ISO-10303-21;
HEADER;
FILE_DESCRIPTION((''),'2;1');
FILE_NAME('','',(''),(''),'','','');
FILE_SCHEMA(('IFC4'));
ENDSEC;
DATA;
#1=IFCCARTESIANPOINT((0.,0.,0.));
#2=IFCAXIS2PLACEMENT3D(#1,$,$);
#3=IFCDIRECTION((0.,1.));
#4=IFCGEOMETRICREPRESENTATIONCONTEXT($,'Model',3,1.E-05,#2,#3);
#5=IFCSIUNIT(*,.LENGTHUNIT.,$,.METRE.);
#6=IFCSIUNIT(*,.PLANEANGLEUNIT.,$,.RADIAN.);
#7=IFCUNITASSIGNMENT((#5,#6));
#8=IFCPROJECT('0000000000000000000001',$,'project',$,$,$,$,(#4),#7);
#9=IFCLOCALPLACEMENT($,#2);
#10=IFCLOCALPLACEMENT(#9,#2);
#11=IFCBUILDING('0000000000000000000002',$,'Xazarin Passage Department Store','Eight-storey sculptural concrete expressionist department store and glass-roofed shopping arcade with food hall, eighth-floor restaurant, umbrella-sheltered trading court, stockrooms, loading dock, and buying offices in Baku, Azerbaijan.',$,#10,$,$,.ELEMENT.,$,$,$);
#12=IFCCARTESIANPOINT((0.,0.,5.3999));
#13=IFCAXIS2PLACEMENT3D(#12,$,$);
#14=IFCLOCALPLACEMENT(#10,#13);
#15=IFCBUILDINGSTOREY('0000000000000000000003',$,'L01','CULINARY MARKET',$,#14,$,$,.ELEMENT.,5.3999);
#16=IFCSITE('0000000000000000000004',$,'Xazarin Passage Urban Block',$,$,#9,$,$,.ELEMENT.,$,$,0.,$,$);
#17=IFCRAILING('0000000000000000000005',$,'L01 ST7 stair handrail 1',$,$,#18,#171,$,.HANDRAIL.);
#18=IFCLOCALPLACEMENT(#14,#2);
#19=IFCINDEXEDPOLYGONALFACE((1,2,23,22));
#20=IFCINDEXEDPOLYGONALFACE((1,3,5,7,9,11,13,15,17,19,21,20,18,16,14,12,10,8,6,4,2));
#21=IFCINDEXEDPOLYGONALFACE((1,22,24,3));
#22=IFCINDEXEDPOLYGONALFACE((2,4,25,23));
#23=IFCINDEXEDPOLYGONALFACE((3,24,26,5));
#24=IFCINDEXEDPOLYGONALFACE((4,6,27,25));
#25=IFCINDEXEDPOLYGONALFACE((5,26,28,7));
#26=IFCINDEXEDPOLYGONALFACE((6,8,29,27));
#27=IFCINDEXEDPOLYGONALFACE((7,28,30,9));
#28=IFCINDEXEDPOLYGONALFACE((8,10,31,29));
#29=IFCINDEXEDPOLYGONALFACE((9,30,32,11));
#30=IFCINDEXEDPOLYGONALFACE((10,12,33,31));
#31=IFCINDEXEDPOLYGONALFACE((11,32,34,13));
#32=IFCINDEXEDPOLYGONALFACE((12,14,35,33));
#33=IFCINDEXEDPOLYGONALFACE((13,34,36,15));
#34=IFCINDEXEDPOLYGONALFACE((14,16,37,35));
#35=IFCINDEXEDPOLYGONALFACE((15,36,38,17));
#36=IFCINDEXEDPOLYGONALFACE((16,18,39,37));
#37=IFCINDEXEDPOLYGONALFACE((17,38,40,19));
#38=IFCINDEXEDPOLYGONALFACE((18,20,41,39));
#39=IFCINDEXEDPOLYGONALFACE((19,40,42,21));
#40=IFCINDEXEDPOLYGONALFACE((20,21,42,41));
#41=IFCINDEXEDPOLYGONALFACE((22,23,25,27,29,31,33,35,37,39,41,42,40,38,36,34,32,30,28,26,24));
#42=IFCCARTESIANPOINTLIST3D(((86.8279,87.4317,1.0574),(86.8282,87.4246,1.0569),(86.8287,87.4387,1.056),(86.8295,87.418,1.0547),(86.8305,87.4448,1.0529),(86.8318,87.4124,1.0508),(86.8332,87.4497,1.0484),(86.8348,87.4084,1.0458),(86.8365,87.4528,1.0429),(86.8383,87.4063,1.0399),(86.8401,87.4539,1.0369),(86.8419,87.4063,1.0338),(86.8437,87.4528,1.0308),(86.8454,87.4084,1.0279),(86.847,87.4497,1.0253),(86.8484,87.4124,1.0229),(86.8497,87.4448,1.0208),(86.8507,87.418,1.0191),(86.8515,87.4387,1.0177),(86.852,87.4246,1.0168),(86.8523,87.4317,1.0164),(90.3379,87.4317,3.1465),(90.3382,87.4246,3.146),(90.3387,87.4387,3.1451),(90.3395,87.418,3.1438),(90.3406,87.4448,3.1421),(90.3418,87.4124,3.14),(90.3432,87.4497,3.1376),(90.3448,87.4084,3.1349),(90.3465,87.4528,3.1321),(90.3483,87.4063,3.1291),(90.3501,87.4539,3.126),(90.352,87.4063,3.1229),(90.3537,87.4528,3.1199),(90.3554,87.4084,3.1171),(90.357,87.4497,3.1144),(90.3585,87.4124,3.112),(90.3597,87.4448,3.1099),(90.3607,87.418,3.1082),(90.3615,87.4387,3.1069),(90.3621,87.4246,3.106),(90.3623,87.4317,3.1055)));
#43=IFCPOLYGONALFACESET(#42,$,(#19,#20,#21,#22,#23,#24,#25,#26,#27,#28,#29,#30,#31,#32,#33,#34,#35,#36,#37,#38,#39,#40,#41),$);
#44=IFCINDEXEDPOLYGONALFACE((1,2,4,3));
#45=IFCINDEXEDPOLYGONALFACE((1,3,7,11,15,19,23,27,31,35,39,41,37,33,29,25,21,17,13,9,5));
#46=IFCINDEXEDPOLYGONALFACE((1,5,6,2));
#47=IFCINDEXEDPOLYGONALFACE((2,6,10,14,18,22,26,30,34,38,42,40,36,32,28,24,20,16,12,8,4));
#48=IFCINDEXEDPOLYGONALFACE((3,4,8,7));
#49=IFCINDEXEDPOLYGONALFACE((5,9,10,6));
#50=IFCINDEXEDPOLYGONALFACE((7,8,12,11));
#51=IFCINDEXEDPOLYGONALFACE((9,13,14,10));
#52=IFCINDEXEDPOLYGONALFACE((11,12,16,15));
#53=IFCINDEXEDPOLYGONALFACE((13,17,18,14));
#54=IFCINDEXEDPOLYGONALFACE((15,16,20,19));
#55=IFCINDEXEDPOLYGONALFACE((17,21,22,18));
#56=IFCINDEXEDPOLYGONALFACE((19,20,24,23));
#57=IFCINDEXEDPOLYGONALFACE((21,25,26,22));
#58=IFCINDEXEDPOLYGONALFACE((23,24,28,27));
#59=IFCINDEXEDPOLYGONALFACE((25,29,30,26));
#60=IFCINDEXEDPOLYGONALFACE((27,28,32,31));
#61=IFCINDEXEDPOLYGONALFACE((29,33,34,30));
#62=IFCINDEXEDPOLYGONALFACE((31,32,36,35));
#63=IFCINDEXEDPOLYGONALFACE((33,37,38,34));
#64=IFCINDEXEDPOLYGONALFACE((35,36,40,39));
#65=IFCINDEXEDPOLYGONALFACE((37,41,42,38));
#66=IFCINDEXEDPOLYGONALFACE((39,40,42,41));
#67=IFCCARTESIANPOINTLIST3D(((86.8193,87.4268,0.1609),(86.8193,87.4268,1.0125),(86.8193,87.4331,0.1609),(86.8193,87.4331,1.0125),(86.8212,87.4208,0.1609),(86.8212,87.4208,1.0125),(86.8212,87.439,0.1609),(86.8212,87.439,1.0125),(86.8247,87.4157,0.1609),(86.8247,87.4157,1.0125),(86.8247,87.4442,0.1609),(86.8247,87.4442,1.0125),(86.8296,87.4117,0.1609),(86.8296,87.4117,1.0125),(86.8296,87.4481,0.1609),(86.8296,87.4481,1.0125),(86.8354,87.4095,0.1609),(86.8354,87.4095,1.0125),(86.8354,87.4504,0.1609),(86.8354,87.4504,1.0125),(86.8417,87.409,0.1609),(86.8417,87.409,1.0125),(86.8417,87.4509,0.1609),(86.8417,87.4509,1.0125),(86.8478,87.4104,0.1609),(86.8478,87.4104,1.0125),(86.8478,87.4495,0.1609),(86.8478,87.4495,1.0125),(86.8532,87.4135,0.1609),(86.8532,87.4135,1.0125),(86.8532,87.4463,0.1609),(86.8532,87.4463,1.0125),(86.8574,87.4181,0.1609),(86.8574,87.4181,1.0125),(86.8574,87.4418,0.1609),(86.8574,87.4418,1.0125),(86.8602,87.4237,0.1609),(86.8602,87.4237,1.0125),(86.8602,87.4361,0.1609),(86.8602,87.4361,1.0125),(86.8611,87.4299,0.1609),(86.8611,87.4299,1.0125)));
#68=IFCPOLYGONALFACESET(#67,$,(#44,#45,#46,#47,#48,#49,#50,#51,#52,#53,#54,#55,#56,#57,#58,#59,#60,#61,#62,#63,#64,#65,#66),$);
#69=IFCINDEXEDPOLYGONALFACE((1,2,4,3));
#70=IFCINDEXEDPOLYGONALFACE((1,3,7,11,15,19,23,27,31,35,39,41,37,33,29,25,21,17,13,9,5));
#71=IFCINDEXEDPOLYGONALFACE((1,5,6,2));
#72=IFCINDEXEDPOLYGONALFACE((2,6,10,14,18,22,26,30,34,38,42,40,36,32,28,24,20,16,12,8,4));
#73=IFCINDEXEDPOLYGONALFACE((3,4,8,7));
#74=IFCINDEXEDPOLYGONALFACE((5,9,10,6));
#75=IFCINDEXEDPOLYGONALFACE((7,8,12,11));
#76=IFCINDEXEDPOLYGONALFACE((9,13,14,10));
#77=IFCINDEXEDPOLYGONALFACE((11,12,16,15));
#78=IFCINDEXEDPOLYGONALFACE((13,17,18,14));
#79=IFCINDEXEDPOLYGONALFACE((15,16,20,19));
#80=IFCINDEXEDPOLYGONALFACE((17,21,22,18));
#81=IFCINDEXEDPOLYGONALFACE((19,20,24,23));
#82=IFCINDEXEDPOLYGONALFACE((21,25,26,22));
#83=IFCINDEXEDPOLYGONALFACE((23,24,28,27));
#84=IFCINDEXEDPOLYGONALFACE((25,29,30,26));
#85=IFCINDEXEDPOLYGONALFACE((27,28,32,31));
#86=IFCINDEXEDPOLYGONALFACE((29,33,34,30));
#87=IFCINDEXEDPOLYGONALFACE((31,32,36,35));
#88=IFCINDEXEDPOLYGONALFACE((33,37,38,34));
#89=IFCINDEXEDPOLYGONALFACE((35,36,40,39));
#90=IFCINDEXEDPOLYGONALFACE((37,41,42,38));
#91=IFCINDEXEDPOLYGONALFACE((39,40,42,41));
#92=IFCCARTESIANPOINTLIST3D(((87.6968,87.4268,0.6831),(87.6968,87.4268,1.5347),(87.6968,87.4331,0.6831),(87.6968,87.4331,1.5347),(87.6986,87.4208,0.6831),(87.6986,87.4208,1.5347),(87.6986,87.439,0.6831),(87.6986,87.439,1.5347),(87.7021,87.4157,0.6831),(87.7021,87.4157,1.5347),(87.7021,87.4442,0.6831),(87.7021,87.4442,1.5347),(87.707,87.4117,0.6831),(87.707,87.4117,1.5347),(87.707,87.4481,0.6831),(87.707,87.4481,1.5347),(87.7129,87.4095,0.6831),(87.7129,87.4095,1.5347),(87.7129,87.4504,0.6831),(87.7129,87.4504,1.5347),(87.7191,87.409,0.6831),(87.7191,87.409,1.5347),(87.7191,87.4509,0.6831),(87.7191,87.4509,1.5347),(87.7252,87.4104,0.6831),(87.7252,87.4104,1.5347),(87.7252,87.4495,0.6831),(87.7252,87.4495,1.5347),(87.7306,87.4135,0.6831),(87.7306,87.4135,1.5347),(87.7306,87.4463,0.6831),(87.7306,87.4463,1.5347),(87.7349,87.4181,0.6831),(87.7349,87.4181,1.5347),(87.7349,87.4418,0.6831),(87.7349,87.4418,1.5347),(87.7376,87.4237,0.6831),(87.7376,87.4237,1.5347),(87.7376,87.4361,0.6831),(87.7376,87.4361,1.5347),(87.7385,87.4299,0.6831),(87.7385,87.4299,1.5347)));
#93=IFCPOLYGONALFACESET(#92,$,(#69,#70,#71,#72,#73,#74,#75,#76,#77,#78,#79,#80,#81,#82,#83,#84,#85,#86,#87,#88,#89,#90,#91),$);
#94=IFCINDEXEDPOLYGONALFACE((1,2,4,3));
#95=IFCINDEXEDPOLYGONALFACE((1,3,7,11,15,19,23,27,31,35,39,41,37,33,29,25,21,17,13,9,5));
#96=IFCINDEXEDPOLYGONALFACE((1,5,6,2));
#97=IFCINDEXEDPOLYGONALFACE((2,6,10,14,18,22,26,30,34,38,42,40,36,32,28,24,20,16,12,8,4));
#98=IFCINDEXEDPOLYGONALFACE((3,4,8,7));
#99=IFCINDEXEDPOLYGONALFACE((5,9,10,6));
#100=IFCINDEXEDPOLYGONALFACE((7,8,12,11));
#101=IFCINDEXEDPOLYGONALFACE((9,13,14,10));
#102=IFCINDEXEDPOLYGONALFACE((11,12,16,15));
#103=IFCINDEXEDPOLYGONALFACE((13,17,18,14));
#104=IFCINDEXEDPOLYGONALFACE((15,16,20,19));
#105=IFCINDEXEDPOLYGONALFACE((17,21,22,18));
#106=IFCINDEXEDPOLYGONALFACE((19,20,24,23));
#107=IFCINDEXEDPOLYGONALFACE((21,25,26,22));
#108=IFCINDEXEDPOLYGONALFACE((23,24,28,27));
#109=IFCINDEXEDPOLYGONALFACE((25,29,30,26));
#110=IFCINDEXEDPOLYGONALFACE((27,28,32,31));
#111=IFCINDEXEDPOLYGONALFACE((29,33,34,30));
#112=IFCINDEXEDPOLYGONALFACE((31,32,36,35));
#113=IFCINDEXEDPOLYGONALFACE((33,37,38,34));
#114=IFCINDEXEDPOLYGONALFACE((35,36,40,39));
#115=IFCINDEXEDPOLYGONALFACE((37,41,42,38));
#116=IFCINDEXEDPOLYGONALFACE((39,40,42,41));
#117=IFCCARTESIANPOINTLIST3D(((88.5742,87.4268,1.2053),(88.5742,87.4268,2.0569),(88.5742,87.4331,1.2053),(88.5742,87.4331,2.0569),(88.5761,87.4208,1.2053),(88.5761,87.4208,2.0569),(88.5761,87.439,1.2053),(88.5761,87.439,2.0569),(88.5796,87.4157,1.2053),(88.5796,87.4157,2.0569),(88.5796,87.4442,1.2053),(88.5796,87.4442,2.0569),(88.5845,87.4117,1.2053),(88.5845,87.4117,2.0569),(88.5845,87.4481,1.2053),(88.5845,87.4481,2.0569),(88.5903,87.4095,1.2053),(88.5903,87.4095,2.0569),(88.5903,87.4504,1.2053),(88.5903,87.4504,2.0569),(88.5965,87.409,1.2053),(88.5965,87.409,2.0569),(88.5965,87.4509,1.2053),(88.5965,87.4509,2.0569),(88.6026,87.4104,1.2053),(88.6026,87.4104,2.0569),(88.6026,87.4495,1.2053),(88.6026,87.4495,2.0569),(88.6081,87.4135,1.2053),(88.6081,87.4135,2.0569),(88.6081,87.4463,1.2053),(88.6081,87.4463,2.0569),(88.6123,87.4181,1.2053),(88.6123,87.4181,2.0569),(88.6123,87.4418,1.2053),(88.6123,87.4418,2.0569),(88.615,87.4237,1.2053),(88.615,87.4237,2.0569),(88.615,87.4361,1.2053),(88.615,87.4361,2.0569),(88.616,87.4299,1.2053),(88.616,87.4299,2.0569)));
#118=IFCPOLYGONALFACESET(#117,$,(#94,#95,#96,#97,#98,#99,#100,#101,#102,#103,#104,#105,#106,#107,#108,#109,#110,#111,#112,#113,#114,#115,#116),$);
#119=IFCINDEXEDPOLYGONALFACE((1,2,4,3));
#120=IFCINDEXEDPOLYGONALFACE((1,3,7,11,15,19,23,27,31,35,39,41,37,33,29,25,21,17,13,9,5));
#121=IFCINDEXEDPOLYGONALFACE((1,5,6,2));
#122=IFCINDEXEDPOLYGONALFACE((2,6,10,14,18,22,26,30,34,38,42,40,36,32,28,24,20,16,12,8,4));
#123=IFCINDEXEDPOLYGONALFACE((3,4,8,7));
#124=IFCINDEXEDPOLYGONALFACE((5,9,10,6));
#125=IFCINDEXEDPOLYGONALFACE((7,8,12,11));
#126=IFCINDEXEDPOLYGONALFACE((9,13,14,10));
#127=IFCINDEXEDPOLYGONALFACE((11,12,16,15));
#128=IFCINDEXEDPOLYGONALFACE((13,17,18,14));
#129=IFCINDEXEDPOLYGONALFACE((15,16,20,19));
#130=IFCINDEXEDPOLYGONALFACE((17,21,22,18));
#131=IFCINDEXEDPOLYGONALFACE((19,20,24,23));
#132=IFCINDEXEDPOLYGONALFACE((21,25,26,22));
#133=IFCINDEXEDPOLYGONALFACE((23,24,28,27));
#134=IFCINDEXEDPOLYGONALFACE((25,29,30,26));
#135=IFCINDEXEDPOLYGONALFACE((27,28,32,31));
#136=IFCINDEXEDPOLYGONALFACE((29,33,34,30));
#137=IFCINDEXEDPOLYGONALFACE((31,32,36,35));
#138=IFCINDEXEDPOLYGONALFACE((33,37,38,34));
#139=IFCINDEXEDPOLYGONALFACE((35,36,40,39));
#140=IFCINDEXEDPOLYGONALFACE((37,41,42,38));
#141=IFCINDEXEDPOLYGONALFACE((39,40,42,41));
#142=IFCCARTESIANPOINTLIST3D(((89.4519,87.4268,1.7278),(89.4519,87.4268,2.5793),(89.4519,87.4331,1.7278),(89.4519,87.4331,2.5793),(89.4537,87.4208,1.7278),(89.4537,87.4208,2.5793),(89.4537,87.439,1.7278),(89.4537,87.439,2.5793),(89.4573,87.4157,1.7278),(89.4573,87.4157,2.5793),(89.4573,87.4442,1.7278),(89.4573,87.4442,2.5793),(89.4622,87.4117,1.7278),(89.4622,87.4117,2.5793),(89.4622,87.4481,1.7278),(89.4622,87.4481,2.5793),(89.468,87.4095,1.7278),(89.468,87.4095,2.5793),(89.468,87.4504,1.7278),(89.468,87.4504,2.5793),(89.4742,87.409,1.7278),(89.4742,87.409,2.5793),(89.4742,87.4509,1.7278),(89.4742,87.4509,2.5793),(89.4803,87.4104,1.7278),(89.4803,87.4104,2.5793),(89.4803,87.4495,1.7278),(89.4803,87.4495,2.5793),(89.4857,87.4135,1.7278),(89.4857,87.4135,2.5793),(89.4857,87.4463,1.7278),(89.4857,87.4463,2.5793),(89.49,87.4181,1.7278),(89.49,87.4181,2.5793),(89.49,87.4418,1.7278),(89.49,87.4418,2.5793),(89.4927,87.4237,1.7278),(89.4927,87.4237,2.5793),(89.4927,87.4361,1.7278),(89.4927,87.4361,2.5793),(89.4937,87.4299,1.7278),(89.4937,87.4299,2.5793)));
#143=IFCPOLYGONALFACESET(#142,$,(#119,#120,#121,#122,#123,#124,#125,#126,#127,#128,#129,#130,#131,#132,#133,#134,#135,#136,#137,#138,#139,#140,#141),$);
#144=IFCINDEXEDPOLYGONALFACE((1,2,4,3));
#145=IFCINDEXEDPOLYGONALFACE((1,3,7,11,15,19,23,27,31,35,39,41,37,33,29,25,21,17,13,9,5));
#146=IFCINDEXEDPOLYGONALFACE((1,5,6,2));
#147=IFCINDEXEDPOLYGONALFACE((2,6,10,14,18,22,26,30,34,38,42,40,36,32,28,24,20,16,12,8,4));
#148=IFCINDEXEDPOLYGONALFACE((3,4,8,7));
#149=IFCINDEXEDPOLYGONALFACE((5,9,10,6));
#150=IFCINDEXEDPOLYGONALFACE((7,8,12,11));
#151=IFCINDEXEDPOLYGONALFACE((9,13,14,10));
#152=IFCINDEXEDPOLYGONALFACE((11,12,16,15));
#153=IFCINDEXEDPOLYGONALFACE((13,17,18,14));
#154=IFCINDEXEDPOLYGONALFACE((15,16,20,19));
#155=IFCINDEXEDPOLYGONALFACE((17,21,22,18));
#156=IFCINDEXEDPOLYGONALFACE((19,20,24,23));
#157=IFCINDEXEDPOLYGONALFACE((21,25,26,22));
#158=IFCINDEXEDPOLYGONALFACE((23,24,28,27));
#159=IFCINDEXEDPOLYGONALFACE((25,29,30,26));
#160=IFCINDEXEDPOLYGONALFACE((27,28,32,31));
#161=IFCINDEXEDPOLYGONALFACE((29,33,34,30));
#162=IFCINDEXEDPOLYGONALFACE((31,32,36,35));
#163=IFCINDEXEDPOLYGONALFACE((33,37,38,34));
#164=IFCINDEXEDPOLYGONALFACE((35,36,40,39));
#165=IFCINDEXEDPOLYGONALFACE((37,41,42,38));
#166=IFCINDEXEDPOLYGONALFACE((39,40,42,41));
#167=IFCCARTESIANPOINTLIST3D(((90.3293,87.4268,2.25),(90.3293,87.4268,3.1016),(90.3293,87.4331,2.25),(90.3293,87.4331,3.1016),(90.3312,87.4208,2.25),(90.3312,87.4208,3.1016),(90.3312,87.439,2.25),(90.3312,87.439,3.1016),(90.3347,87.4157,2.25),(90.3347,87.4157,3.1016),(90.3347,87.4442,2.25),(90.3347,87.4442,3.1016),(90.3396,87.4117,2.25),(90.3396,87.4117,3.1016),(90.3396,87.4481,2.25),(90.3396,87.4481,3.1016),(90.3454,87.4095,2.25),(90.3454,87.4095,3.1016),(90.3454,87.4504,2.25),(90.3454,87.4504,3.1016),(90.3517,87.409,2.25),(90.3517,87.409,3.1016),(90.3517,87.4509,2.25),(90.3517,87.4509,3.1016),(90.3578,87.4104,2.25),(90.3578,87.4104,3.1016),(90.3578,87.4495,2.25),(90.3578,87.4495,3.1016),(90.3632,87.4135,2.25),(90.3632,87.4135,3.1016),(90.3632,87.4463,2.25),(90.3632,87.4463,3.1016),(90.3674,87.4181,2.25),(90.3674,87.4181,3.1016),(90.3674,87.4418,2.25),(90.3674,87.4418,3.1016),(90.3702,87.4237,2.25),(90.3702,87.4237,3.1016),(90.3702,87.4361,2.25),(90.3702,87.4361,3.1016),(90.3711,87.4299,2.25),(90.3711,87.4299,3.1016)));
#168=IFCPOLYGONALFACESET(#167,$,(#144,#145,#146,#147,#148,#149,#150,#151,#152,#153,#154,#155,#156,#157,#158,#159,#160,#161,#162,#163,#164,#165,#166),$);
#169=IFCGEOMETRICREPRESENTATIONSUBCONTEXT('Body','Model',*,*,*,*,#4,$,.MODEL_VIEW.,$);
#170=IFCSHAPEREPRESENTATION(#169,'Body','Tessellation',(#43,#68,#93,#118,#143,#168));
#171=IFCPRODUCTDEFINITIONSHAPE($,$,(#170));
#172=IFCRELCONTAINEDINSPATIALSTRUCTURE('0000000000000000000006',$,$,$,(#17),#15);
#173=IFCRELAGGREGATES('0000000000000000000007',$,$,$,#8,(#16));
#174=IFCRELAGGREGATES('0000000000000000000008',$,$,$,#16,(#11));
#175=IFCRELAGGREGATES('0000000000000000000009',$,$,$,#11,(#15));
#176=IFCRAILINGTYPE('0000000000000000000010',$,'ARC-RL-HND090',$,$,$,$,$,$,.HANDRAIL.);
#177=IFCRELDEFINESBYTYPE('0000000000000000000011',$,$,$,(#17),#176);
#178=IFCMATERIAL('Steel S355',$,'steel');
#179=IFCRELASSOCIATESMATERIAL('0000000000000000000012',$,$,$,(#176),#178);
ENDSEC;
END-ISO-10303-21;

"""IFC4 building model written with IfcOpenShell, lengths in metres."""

from ifc_helpers import new_model, si_unit, direction, frame, origin, origin_2d, place, context, subcontext, project, spatial, circle, extrude, material, type_object, element, save


model = new_model("IFC4")

# Units and contexts
model_context = context("Model", 3, precision=1e-05, world=origin(), true_north=direction((0.0, 1.0)))
body_context = subcontext(model_context, "Body", "Model", "MODEL_VIEW")
ifc_project = project(units=[si_unit("LENGTHUNIT", "METRE"), si_unit("PLANEANGLEUNIT", "RADIAN")], contexts=[model_context])

# Site, building, storey
site_placement = place(None, origin())
site = spatial("IfcSite", under=ifc_project, at=site_placement, Name="Xazarin Passage Urban Block", CompositionType="ELEMENT", RefElevation=0.0)
building_placement = place(site_placement, origin())
building = spatial("IfcBuilding", under=site, at=building_placement, Name="Xazarin Passage Department Store", Description="Eight-storey sculptural concrete expressionist department store and glass-roofed shopping arcade with food hall, eighth-floor restaurant, umbrella-sheltered trading court, stockrooms, loading dock, and buying offices in Baku, Azerbaijan.", CompositionType="ELEMENT")
storey_placement = place(building_placement, frame((0.0, 0.0, 5.3999)))
storey = spatial("IfcBuildingStorey", under=building, at=storey_placement, Name="L01", Description="CULINARY MARKET", CompositionType="ELEMENT", Elevation=5.3999)

# Shared definitions
ifc_material_1 = material(Name="Steel S355", Category="steel")

# Railing
railing_type_1 = type_object("IfcRailingType", Name="ARC-RL-HND090", PredefinedType="HANDRAIL", material=ifc_material_1)
railing_1_placement = place(storey_placement, frame((86.8401, 87.4299, 0.1609)))
element("IfcRailing", 1, at=railing_1_placement, inside=storey, type_object=railing_type_1, Name="L01 ST7 stair handrail 1", PredefinedType="HANDRAIL", context=body_context, shape_type="SweptSolid", body=[
    extrude(circle(Radius=0.0239, at=origin_2d()), frame((0.0, 0.0, 0.876), z_axis=(0.859312, 0.0, 0.511451), x_axis=(0.0, 1.0, 0.0)), (0.0, 0.0, 1.0), 4.0847),
    extrude(circle(Radius=0.021, at=origin_2d()), origin(), (0.0, 0.0, 1.0), 0.8516),
    extrude(circle(Radius=0.021, at=origin_2d()), frame((0.8774, 0.0, 0.5222)), (0.0, 0.0, 1.0), 0.8516),
    extrude(circle(Radius=0.021, at=origin_2d()), frame((1.7549, 0.0, 1.0444)), (0.0, 0.0, 1.0), 0.8516),
    extrude(circle(Radius=0.021, at=origin_2d()), frame((2.6326, 0.0, 1.5669)), (0.0, 0.0, 1.0), 0.8516),
    extrude(circle(Radius=0.021, at=origin_2d()), frame((3.51, 0.0, 2.0891)), (0.0, 0.0, 1.0), 0.8516),
])

save(model, "model.ifc")
